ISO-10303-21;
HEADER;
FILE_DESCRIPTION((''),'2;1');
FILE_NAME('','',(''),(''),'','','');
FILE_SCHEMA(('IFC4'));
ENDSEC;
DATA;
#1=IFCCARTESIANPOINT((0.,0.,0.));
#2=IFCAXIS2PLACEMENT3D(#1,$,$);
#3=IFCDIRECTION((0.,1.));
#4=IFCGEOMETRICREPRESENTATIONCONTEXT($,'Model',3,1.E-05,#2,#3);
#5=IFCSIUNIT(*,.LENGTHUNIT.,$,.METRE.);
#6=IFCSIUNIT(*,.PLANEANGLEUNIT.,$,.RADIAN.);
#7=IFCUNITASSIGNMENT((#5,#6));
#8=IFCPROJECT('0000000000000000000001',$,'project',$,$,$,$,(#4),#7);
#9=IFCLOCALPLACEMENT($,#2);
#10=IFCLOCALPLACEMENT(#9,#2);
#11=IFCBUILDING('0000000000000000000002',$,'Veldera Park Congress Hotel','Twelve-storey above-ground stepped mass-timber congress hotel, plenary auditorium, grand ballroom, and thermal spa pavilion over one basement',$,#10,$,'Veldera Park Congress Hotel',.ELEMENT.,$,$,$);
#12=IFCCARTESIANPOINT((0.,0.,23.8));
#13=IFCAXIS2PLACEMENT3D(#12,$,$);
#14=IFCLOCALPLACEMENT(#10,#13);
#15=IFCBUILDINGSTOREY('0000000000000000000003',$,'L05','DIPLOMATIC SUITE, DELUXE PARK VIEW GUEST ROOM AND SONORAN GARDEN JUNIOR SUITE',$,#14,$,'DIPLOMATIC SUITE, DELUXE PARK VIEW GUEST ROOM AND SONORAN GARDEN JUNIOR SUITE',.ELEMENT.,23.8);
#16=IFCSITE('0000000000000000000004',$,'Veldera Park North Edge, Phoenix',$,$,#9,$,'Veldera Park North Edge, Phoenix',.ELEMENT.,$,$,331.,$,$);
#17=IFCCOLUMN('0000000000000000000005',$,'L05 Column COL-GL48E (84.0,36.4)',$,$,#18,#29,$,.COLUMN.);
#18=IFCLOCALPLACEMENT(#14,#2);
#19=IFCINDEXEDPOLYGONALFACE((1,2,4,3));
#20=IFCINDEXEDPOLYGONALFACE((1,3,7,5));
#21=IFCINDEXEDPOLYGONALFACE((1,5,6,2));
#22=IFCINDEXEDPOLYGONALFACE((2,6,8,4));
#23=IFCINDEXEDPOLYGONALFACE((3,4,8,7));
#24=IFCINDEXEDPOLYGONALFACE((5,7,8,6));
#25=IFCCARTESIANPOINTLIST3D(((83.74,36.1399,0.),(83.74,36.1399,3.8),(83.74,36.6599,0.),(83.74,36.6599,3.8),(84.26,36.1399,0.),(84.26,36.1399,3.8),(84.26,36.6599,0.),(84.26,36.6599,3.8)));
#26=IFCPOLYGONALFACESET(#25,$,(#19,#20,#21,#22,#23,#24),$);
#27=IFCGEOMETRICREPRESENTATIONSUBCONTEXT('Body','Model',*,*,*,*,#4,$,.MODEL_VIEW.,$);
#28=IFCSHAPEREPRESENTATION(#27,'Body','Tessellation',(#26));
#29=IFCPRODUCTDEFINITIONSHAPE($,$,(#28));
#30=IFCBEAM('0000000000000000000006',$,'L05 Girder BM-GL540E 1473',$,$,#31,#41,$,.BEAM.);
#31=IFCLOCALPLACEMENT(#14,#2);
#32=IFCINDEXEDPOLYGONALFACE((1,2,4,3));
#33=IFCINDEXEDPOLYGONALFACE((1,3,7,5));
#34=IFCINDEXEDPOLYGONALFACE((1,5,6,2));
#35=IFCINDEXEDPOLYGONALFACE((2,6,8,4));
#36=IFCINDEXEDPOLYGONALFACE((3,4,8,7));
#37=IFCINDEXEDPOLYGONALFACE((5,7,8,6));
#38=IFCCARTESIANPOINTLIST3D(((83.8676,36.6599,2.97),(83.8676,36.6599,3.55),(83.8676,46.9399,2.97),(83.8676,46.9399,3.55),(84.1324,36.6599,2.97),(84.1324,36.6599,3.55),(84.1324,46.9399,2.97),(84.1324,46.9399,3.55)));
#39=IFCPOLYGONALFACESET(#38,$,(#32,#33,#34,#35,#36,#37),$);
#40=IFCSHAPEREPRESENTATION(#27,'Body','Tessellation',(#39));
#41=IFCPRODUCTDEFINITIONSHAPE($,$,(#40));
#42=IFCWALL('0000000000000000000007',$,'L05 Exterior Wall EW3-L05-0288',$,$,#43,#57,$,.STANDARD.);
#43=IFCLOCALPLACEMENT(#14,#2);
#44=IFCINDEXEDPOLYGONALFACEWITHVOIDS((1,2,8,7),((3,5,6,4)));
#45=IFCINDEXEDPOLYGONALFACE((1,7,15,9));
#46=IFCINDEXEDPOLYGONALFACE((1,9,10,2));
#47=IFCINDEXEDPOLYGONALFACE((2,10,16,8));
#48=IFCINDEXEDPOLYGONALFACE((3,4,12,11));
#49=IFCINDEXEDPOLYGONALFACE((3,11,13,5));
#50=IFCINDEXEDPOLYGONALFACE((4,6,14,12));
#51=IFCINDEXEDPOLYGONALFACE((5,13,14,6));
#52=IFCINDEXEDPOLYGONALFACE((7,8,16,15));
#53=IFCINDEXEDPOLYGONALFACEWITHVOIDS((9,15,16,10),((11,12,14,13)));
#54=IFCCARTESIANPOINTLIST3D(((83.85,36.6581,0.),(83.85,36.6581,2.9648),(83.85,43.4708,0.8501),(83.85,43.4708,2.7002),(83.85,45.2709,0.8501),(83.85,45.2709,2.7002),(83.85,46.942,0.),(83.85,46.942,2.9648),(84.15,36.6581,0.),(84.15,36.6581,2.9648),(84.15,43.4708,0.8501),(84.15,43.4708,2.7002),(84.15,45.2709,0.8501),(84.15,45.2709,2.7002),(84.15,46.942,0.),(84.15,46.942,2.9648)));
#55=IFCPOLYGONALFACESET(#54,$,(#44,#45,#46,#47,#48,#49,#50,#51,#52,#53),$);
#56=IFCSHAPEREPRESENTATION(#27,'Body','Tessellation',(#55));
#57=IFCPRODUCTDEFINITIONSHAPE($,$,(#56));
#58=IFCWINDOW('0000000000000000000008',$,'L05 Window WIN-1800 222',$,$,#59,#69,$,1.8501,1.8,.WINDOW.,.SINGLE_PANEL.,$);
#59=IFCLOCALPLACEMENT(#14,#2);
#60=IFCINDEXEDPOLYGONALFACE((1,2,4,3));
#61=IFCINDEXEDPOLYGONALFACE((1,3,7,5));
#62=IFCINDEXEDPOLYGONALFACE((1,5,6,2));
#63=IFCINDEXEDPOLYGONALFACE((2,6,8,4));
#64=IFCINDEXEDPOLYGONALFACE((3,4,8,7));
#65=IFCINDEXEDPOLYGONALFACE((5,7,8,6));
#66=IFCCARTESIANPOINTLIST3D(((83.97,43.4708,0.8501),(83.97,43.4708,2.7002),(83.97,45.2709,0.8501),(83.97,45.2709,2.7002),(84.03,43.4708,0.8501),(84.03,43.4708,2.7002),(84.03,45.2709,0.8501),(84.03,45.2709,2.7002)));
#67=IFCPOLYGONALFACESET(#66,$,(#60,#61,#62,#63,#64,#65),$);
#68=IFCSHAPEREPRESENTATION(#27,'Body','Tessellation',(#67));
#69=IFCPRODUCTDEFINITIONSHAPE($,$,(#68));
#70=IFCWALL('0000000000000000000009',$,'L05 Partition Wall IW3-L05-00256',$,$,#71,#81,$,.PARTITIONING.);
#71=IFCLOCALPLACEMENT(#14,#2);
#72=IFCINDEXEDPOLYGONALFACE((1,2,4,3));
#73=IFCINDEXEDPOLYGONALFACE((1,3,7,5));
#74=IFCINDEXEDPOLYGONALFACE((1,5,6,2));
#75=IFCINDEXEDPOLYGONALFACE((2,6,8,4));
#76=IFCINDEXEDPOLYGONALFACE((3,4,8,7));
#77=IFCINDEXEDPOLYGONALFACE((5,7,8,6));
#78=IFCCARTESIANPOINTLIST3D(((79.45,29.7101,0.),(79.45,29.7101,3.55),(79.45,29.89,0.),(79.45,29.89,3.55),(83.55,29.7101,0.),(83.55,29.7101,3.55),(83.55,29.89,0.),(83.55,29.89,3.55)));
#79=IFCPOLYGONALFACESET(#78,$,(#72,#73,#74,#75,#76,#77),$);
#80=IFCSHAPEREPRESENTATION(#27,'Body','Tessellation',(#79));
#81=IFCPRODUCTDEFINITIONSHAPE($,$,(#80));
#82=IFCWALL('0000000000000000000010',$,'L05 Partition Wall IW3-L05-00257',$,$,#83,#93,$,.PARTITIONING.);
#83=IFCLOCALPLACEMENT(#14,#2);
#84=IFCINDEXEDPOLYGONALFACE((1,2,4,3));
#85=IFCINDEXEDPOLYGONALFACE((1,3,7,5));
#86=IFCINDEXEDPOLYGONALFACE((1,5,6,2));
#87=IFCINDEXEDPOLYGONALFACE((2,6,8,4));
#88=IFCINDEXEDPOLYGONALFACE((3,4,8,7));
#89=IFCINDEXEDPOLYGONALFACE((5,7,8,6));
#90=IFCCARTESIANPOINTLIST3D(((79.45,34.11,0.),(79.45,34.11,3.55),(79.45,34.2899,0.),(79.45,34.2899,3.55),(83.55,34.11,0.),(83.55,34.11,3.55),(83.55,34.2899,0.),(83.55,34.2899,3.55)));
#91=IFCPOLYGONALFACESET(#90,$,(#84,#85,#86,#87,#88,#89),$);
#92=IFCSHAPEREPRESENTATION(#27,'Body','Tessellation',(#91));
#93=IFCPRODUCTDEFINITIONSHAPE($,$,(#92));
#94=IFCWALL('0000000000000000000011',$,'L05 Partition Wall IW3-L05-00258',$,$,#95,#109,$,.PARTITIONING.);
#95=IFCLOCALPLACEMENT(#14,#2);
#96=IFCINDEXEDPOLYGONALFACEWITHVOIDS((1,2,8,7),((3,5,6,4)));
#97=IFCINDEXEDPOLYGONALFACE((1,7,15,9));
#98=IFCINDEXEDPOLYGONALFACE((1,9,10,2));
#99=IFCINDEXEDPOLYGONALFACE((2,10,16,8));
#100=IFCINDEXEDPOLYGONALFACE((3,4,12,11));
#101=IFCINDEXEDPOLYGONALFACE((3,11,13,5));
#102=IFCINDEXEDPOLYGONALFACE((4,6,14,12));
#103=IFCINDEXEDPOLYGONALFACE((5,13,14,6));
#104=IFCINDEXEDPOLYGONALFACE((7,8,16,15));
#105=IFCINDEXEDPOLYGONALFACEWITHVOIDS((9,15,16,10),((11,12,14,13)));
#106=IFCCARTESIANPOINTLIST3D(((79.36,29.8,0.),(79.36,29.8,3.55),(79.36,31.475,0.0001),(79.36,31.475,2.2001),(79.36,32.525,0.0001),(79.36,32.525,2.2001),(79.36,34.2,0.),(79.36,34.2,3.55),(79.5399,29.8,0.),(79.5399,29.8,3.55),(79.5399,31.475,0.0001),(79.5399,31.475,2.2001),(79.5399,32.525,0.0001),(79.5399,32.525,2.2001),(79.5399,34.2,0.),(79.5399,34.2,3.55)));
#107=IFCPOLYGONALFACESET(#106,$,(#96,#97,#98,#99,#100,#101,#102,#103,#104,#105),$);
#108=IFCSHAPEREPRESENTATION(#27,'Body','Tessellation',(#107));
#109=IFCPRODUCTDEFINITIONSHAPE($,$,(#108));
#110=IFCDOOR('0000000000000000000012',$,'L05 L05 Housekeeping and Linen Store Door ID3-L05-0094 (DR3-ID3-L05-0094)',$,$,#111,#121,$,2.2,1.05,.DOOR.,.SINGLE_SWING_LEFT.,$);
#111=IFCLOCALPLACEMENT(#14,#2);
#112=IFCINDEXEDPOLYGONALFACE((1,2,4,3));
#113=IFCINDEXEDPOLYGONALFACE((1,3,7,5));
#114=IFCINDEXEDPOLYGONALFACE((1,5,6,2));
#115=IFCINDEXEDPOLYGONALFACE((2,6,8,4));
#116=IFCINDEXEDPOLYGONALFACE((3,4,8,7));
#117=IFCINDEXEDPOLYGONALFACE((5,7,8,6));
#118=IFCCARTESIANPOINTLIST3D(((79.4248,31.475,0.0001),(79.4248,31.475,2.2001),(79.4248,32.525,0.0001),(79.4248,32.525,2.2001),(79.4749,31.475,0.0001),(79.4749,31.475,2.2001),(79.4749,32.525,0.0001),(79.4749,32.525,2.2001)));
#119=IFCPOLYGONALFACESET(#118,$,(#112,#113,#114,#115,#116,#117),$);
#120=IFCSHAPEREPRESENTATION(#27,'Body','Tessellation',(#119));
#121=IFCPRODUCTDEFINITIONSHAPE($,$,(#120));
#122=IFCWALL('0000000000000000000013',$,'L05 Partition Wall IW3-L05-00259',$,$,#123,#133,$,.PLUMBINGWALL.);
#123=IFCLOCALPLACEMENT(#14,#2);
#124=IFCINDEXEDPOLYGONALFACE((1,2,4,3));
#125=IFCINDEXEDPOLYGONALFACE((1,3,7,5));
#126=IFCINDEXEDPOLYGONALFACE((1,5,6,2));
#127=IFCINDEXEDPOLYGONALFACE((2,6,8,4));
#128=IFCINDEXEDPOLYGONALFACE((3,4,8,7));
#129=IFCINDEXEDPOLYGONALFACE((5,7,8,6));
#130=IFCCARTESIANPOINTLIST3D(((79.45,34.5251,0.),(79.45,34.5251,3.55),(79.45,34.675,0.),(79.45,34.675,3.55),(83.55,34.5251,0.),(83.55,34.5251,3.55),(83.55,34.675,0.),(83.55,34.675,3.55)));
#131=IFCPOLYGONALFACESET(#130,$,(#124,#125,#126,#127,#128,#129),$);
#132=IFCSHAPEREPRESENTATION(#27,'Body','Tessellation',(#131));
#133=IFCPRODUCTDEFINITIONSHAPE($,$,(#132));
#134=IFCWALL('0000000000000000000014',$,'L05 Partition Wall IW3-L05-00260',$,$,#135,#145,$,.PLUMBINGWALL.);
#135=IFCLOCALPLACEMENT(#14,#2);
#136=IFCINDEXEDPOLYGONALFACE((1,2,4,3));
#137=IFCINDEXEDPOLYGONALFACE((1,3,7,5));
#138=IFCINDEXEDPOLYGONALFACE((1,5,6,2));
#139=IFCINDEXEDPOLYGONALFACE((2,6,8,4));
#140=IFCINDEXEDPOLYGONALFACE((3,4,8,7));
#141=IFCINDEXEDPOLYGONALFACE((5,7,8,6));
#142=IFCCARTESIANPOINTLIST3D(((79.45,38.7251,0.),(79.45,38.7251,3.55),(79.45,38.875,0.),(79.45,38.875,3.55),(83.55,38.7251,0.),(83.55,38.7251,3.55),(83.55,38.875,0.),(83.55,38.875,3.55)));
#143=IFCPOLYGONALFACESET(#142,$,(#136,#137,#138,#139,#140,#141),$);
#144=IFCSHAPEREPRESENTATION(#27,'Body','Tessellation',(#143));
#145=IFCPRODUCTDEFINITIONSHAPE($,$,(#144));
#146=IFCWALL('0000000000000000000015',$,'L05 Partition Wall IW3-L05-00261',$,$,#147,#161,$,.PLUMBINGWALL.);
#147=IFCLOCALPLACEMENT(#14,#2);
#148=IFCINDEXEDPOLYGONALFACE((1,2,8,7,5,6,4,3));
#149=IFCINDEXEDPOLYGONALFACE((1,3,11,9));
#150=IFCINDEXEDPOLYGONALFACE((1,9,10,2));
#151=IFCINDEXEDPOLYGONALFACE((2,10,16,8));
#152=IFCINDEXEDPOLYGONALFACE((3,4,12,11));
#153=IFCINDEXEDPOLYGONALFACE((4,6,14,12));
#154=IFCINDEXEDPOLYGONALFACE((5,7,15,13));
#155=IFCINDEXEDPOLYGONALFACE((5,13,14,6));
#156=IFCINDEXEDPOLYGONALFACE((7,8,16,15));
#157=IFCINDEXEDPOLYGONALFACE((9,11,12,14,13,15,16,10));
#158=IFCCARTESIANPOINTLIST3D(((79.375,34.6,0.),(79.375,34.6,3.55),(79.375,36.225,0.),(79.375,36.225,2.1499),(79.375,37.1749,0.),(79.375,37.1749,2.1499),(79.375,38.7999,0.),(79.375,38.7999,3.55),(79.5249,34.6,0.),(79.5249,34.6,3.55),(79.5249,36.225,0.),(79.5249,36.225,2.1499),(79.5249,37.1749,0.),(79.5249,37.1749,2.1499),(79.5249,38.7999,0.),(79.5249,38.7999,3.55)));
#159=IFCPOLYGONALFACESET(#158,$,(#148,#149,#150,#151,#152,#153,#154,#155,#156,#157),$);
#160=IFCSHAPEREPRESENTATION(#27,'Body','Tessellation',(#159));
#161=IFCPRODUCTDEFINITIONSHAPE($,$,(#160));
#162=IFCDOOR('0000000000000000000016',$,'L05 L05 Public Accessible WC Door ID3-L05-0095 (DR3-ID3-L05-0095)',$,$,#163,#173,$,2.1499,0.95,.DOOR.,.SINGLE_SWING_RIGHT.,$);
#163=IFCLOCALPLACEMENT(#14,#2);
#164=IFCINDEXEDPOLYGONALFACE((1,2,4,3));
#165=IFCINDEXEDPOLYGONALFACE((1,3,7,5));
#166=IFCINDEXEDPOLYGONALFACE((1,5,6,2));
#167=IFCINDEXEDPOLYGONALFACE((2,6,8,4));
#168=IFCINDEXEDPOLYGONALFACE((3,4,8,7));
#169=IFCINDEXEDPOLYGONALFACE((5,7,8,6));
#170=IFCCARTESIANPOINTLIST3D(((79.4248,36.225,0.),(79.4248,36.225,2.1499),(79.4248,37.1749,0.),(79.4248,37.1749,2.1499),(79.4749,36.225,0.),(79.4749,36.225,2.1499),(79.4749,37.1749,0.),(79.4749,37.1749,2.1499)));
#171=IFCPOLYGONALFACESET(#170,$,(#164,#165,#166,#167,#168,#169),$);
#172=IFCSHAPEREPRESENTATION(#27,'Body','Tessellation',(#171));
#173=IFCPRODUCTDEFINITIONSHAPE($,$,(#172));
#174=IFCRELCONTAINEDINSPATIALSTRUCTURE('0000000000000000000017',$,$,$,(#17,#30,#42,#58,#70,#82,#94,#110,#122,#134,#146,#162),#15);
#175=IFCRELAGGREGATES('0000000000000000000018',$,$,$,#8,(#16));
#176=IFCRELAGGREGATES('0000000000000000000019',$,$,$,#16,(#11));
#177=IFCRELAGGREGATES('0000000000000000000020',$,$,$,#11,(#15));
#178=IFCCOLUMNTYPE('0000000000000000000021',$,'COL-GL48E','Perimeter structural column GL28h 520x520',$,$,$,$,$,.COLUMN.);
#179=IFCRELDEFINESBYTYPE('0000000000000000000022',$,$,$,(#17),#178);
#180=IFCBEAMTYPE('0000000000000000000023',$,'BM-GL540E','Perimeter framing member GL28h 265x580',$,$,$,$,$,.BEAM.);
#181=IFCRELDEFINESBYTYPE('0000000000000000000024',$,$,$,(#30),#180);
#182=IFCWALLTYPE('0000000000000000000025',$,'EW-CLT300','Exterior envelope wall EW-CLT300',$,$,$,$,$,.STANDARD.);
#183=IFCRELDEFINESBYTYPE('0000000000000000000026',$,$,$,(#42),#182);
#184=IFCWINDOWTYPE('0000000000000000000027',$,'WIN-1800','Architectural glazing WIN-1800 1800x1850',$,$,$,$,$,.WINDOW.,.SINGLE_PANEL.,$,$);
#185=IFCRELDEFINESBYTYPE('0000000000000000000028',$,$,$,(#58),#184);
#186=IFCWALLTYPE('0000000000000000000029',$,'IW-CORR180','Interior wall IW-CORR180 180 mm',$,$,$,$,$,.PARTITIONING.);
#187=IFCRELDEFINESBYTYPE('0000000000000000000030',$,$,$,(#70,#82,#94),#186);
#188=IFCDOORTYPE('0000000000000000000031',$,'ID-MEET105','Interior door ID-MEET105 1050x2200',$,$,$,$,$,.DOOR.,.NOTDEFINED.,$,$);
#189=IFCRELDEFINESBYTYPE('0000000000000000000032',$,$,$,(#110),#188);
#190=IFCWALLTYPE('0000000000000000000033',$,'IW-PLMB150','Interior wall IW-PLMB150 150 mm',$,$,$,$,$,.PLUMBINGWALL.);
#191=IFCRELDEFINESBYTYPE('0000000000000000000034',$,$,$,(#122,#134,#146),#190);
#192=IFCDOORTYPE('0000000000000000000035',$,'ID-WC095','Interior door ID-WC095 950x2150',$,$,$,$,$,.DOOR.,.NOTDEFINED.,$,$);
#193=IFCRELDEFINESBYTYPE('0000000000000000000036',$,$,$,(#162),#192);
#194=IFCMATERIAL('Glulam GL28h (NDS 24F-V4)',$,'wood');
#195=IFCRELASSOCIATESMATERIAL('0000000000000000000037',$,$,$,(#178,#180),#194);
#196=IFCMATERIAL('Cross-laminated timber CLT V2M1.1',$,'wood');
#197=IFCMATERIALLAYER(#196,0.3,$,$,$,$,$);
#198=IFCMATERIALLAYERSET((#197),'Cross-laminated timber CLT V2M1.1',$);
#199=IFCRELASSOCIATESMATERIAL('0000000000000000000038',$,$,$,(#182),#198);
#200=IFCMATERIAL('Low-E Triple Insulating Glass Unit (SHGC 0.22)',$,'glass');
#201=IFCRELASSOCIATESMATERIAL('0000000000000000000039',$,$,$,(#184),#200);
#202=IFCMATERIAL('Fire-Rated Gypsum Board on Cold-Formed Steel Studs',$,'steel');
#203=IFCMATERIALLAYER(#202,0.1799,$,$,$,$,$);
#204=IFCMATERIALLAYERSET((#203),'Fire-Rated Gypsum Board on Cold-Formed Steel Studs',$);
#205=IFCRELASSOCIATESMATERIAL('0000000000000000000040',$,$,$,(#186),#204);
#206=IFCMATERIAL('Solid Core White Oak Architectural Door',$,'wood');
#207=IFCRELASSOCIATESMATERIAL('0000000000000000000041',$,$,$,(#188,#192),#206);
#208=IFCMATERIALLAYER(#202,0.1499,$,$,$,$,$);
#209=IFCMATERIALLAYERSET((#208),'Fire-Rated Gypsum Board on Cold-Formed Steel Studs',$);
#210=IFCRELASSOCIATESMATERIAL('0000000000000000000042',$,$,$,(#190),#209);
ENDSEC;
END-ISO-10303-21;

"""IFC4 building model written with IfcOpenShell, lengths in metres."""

from ifc_helpers import new_model, si_unit, direction, frame, frame_2d, origin, origin_2d, place, context, subcontext, project, spatial, rectangle, extrude, material, layer, layer_set, material_profile, profile_set, type_object, element, fill, save


model = new_model("IFC4")

# Units and contexts
model_context = context("Model", 3, precision=1e-05, world=origin(), true_north=direction((0.0, 1.0)))
body_context = subcontext(model_context, "Body", "Model", "MODEL_VIEW")
ifc_project = project(units=[si_unit("LENGTHUNIT", "METRE"), si_unit("PLANEANGLEUNIT", "RADIAN")], contexts=[model_context])

# Site, building, storey
site_placement = place(None, origin())
site = spatial("IfcSite", under=ifc_project, at=site_placement, Name="Veldera Park North Edge, Phoenix", LongName="Veldera Park North Edge, Phoenix", CompositionType="ELEMENT", RefElevation=331.0)
building_placement = place(site_placement, origin())
building = spatial("IfcBuilding", under=site, at=building_placement, Name="Veldera Park Congress Hotel", Description="Twelve-storey above-ground stepped mass-timber congress hotel, plenary auditorium, grand ballroom, and thermal spa pavilion over one basement", LongName="Veldera Park Congress Hotel", CompositionType="ELEMENT")
storey_placement = place(building_placement, frame((0.0, 0.0, 23.8)))
storey = spatial("IfcBuildingStorey", under=building, at=storey_placement, Name="L05", Description="DIPLOMATIC SUITE, DELUXE PARK VIEW GUEST ROOM AND SONORAN GARDEN JUNIOR SUITE", LongName="DIPLOMATIC SUITE, DELUXE PARK VIEW GUEST ROOM AND SONORAN GARDEN JUNIOR SUITE", CompositionType="ELEMENT", Elevation=23.8)

# Column
ifc_material_1 = material(Name="Glulam GL28h (NDS 24F-V4)", Category="wood")
ifc_material_profile_1 = material_profile(ifc_material_1, rectangle(XDim=0.52, YDim=0.52, at=origin_2d()), Name="GL28h 520x520")
ifc_profile_set_1 = profile_set([ifc_material_profile_1], Name="Glulam GL28h (NDS 24F-V4)")
column_type = type_object("IfcColumnType", Name="COL-GL48E", Description="Perimeter structural column GL28h 520x520", PredefinedType="COLUMN", material=ifc_profile_set_1)
column_placement = place(storey_placement, frame((84.0, 36.3999, 0.0), z_axis=(0.0, 0.0, 1.0), x_axis=(1.0, 0.0, 0.0)))
element("IfcColumn", 1, at=column_placement, inside=storey, type_object=column_type, Name="L05 Column COL-GL48E (84.0,36.4)", PredefinedType="COLUMN", context=body_context, shape_type="SweptSolid", body=[
    extrude(rectangle(XDim=0.52, YDim=0.52, at=origin_2d()), origin(), (0.0, 0.0, 1.0), 3.8),
])

# Beam
ifc_material_profile_2 = material_profile(ifc_material_1, rectangle(XDim=0.2649, YDim=0.5801, at=origin_2d()), Name="GL28h 265x580")
ifc_profile_set_2 = profile_set([ifc_material_profile_2], Name="Glulam GL28h (NDS 24F-V4)")
beam_type = type_object("IfcBeamType", Name="BM-GL540E", Description="Perimeter framing member GL28h 265x580", PredefinedType="BEAM", material=ifc_profile_set_2)
beam_placement = place(storey_placement, frame((84.0, 36.6599, 3.26), z_axis=(0.0, 1.0, 0.0), x_axis=(-1.0, 0.0, 0.0)))
element("IfcBeam", 2, at=beam_placement, inside=storey, type_object=beam_type, Name="L05 Girder BM-GL540E 1473", PredefinedType="BEAM", context=body_context, shape_type="SweptSolid", body=[
    extrude(rectangle(XDim=0.2649, YDim=0.5801, at=origin_2d()), origin(), (0.0, 0.0, 1.0), 10.28),
])

# Wall, opening, window
ifc_material_2 = material(Name="Cross-laminated timber CLT V2M1.1", Category="wood")
ifc_layer_1 = layer(ifc_material_2, 0.3)
ifc_layer_set_1 = layer_set([ifc_layer_1], Name="Cross-laminated timber CLT V2M1.1")
wall_type_1 = type_object("IfcWallType", Name="EW-CLT300", Description="Exterior envelope wall EW-CLT300", PredefinedType="STANDARD", material=ifc_layer_set_1)
wall_1_placement = place(storey_placement, frame((84.0, 36.658, 0.0), z_axis=(0.0, 0.0, 1.0), x_axis=(0.0, 1.0, 0.0)))
wall_1 = element("IfcWall", 3, at=wall_1_placement, inside=storey, type_object=wall_type_1, Name="L05 Exterior Wall EW3-L05-0288", PredefinedType="STANDARD", context=body_context, shape_type="SweptSolid", body=[
    extrude(rectangle(XDim=10.2839, YDim=0.3, at=frame_2d((5.1421, 0.0))), origin(), (0.0, 0.0, 1.0), 2.9648),
])
opening_1_placement = place(wall_1_placement, frame((6.813, 0.0, 0.8501)))
opening_1 = element("IfcOpeningElement", 4, at=opening_1_placement, cuts=wall_1, PredefinedType="OPENING", context=body_context, shape_type="SweptSolid", body=[
    extrude(rectangle(XDim=1.8, YDim=1.8501, at=frame_2d((0.8999, 0.925))), frame((0.0, 0.1621, 0.0), z_axis=(0.0, -1.0, 0.0), x_axis=(1.0, 0.0, 0.0)), (0.0, 0.0, 1.0), 0.324),
])
ifc_material_3 = material(Name="Low-E Triple Insulating Glass Unit (SHGC 0.22)", Category="glass")
window_type = type_object("IfcWindowType", Name="WIN-1800", Description="Architectural glazing WIN-1800 1800x1850", PartitioningType="SINGLE_PANEL", PredefinedType="WINDOW", material=ifc_material_3)
window_placement = place(opening_1_placement, origin())
window = element("IfcWindow", 5, at=window_placement, inside=storey, type_object=window_type, Name="L05 Window WIN-1800 222", OverallHeight=1.8501, OverallWidth=1.8, PartitioningType="SINGLE_PANEL", PredefinedType="WINDOW", context=body_context, shape_type="SweptSolid", body=[
    extrude(rectangle(XDim=1.8, YDim=1.8501, at=frame_2d((0.8999, 0.925))), frame((0.0, 0.03, 0.0), z_axis=(0.0, -1.0, 0.0), x_axis=(1.0, 0.0, 0.0)), (0.0, 0.0, 1.0), 0.0601),
])
fill(opening_1, window)

# Walls
ifc_material_4 = material(Name="Fire-Rated Gypsum Board on Cold-Formed Steel Studs", Category="steel")
ifc_layer_2 = layer(ifc_material_4, 0.1799)
ifc_layer_set_2 = layer_set([ifc_layer_2], Name="Fire-Rated Gypsum Board on Cold-Formed Steel Studs")
wall_type_2 = type_object("IfcWallType", Name="IW-CORR180", Description="Interior wall IW-CORR180 180 mm", PredefinedType="PARTITIONING", material=ifc_layer_set_2)
for number, where, z_axis, x_axis, name in (
    (6, (79.45, 29.8, 0.0), (0.0, 0.0, 1.0), (1.0, 0.0, 0.0), "L05 Partition Wall IW3-L05-00256"),
    (7, (83.55, 34.2, 0.0), (0.0, 0.0, 1.0), (-1.0, 0.0, 0.0), "L05 Partition Wall IW3-L05-00257"),
):
    element("IfcWall", number, at=place(storey_placement, frame(where, z_axis=z_axis, x_axis=x_axis)), inside=storey, type_object=wall_type_2, Name=name, PredefinedType="PARTITIONING", context=body_context, shape_type="SweptSolid", body=[
        extrude(rectangle(XDim=4.1001, YDim=0.1799, at=frame_2d((2.05, 0.0))), origin(), (0.0, 0.0, 1.0), 3.55),
    ])

# Wall, opening, door
wall_2_placement = place(storey_placement, frame((79.45, 34.2, 0.0), z_axis=(0.0, 0.0, 1.0), x_axis=(0.0, -1.0, 0.0)))
wall_2 = element("IfcWall", 8, at=wall_2_placement, inside=storey, type_object=wall_type_2, Name="L05 Partition Wall IW3-L05-00258", PredefinedType="PARTITIONING", context=body_context, shape_type="SweptSolid", body=[
    extrude(rectangle(XDim=4.3999, YDim=0.1799, at=frame_2d((2.2, 0.0))), origin(), (0.0, 0.0, 1.0), 3.55),
])
opening_2_placement = place(wall_2_placement, frame((1.675, 0.0, 0.0)))
opening_2 = element("IfcOpeningElement", 9, at=opening_2_placement, cuts=wall_2, PredefinedType="OPENING", context=body_context, shape_type="SweptSolid", body=[
    extrude(rectangle(XDim=1.05, YDim=2.2, at=frame_2d((0.5249, 1.1001))), frame((0.0, 0.1021, 0.0), z_axis=(0.0, -1.0, 0.0), x_axis=(1.0, 0.0, 0.0)), (0.0, 0.0, 1.0), 0.2039),
])
ifc_material_5 = material(Name="Solid Core White Oak Architectural Door", Category="wood")
door_type_1 = type_object("IfcDoorType", Name="ID-MEET105", Description="Interior door ID-MEET105 1050x2200", OperationType="NOTDEFINED", PredefinedType="DOOR", material=ifc_material_5)
door_1_placement = place(opening_2_placement, origin())
door_1 = element("IfcDoor", 10, at=door_1_placement, inside=storey, type_object=door_type_1, Name="L05 L05 Housekeeping and Linen Store Door ID3-L05-0094 (DR3-ID3-L05-0094)", OperationType="SINGLE_SWING_LEFT", OverallHeight=2.2, OverallWidth=1.05, PredefinedType="DOOR", context=body_context, shape_type="SweptSolid", body=[
    extrude(rectangle(XDim=1.05, YDim=2.2, at=frame_2d((0.5249, 1.1001))), frame((0.0, 0.0249, 0.0), z_axis=(0.0, -1.0, 0.0), x_axis=(1.0, 0.0, 0.0)), (0.0, 0.0, 1.0), 0.05),
])
fill(opening_2, door_1)

# Walls
ifc_layer_3 = layer(ifc_material_4, 0.1499)
ifc_layer_set_3 = layer_set([ifc_layer_3], Name="Fire-Rated Gypsum Board on Cold-Formed Steel Studs")
wall_type_3 = type_object("IfcWallType", Name="IW-PLMB150", Description="Interior wall IW-PLMB150 150 mm", PredefinedType="PLUMBINGWALL", material=ifc_layer_set_3)
for number, where, z_axis, x_axis, name in (
    (11, (79.45, 34.6001, 0.0), (0.0, 0.0, 1.0), (1.0, 0.0, 0.0), "L05 Partition Wall IW3-L05-00259"),
    (12, (83.55, 38.8, 0.0), (0.0, 0.0, 1.0), (-1.0, 0.0, 0.0), "L05 Partition Wall IW3-L05-00260"),
):
    element("IfcWall", number, at=place(storey_placement, frame(where, z_axis=z_axis, x_axis=x_axis)), inside=storey, type_object=wall_type_3, Name=name, PredefinedType="PLUMBINGWALL", context=body_context, shape_type="SweptSolid", body=[
        extrude(rectangle(XDim=4.1001, YDim=0.1499, at=frame_2d((2.05, 0.0))), origin(), (0.0, 0.0, 1.0), 3.55),
    ])

# Wall, opening, door
wall_3_placement = place(storey_placement, frame((79.45, 38.8, 0.0), z_axis=(0.0, 0.0, 1.0), x_axis=(0.0, -1.0, 0.0)))
wall_3 = element("IfcWall", 13, at=wall_3_placement, inside=storey, type_object=wall_type_3, Name="L05 Partition Wall IW3-L05-00261", PredefinedType="PLUMBINGWALL", context=body_context, shape_type="SweptSolid", body=[
    extrude(rectangle(XDim=4.2, YDim=0.1499, at=frame_2d((2.1001, 0.0))), origin(), (0.0, 0.0, 1.0), 3.55),
])
opening_3_placement = place(wall_3_placement, frame((1.625, 0.0, 0.0)))
opening_3 = element("IfcOpeningElement", 14, at=opening_3_placement, cuts=wall_3, PredefinedType="OPENING", context=body_context, shape_type="SweptSolid", body=[
    extrude(rectangle(XDim=0.95, YDim=2.1499, at=frame_2d((0.4751, 1.075))), frame((0.0, 0.0869, 0.0), z_axis=(0.0, -1.0, 0.0), x_axis=(1.0, 0.0, 0.0)), (0.0, 0.0, 1.0), 0.1738),
])
door_type_2 = type_object("IfcDoorType", Name="ID-WC095", Description="Interior door ID-WC095 950x2150", OperationType="NOTDEFINED", PredefinedType="DOOR", material=ifc_material_5)
door_2_placement = place(opening_3_placement, origin())
door_2 = element("IfcDoor", 15, at=door_2_placement, inside=storey, type_object=door_type_2, Name="L05 L05 Public Accessible WC Door ID3-L05-0095 (DR3-ID3-L05-0095)", OperationType="SINGLE_SWING_RIGHT", OverallHeight=2.1499, OverallWidth=0.95, PredefinedType="DOOR", context=body_context, shape_type="SweptSolid", body=[
    extrude(rectangle(XDim=0.95, YDim=2.1499, at=frame_2d((0.4751, 1.075))), frame((0.0, 0.0249, 0.0), z_axis=(0.0, -1.0, 0.0), x_axis=(1.0, 0.0, 0.0)), (0.0, 0.0, 1.0), 0.05),
])
fill(opening_3, door_2)

save(model, "model.ifc")
